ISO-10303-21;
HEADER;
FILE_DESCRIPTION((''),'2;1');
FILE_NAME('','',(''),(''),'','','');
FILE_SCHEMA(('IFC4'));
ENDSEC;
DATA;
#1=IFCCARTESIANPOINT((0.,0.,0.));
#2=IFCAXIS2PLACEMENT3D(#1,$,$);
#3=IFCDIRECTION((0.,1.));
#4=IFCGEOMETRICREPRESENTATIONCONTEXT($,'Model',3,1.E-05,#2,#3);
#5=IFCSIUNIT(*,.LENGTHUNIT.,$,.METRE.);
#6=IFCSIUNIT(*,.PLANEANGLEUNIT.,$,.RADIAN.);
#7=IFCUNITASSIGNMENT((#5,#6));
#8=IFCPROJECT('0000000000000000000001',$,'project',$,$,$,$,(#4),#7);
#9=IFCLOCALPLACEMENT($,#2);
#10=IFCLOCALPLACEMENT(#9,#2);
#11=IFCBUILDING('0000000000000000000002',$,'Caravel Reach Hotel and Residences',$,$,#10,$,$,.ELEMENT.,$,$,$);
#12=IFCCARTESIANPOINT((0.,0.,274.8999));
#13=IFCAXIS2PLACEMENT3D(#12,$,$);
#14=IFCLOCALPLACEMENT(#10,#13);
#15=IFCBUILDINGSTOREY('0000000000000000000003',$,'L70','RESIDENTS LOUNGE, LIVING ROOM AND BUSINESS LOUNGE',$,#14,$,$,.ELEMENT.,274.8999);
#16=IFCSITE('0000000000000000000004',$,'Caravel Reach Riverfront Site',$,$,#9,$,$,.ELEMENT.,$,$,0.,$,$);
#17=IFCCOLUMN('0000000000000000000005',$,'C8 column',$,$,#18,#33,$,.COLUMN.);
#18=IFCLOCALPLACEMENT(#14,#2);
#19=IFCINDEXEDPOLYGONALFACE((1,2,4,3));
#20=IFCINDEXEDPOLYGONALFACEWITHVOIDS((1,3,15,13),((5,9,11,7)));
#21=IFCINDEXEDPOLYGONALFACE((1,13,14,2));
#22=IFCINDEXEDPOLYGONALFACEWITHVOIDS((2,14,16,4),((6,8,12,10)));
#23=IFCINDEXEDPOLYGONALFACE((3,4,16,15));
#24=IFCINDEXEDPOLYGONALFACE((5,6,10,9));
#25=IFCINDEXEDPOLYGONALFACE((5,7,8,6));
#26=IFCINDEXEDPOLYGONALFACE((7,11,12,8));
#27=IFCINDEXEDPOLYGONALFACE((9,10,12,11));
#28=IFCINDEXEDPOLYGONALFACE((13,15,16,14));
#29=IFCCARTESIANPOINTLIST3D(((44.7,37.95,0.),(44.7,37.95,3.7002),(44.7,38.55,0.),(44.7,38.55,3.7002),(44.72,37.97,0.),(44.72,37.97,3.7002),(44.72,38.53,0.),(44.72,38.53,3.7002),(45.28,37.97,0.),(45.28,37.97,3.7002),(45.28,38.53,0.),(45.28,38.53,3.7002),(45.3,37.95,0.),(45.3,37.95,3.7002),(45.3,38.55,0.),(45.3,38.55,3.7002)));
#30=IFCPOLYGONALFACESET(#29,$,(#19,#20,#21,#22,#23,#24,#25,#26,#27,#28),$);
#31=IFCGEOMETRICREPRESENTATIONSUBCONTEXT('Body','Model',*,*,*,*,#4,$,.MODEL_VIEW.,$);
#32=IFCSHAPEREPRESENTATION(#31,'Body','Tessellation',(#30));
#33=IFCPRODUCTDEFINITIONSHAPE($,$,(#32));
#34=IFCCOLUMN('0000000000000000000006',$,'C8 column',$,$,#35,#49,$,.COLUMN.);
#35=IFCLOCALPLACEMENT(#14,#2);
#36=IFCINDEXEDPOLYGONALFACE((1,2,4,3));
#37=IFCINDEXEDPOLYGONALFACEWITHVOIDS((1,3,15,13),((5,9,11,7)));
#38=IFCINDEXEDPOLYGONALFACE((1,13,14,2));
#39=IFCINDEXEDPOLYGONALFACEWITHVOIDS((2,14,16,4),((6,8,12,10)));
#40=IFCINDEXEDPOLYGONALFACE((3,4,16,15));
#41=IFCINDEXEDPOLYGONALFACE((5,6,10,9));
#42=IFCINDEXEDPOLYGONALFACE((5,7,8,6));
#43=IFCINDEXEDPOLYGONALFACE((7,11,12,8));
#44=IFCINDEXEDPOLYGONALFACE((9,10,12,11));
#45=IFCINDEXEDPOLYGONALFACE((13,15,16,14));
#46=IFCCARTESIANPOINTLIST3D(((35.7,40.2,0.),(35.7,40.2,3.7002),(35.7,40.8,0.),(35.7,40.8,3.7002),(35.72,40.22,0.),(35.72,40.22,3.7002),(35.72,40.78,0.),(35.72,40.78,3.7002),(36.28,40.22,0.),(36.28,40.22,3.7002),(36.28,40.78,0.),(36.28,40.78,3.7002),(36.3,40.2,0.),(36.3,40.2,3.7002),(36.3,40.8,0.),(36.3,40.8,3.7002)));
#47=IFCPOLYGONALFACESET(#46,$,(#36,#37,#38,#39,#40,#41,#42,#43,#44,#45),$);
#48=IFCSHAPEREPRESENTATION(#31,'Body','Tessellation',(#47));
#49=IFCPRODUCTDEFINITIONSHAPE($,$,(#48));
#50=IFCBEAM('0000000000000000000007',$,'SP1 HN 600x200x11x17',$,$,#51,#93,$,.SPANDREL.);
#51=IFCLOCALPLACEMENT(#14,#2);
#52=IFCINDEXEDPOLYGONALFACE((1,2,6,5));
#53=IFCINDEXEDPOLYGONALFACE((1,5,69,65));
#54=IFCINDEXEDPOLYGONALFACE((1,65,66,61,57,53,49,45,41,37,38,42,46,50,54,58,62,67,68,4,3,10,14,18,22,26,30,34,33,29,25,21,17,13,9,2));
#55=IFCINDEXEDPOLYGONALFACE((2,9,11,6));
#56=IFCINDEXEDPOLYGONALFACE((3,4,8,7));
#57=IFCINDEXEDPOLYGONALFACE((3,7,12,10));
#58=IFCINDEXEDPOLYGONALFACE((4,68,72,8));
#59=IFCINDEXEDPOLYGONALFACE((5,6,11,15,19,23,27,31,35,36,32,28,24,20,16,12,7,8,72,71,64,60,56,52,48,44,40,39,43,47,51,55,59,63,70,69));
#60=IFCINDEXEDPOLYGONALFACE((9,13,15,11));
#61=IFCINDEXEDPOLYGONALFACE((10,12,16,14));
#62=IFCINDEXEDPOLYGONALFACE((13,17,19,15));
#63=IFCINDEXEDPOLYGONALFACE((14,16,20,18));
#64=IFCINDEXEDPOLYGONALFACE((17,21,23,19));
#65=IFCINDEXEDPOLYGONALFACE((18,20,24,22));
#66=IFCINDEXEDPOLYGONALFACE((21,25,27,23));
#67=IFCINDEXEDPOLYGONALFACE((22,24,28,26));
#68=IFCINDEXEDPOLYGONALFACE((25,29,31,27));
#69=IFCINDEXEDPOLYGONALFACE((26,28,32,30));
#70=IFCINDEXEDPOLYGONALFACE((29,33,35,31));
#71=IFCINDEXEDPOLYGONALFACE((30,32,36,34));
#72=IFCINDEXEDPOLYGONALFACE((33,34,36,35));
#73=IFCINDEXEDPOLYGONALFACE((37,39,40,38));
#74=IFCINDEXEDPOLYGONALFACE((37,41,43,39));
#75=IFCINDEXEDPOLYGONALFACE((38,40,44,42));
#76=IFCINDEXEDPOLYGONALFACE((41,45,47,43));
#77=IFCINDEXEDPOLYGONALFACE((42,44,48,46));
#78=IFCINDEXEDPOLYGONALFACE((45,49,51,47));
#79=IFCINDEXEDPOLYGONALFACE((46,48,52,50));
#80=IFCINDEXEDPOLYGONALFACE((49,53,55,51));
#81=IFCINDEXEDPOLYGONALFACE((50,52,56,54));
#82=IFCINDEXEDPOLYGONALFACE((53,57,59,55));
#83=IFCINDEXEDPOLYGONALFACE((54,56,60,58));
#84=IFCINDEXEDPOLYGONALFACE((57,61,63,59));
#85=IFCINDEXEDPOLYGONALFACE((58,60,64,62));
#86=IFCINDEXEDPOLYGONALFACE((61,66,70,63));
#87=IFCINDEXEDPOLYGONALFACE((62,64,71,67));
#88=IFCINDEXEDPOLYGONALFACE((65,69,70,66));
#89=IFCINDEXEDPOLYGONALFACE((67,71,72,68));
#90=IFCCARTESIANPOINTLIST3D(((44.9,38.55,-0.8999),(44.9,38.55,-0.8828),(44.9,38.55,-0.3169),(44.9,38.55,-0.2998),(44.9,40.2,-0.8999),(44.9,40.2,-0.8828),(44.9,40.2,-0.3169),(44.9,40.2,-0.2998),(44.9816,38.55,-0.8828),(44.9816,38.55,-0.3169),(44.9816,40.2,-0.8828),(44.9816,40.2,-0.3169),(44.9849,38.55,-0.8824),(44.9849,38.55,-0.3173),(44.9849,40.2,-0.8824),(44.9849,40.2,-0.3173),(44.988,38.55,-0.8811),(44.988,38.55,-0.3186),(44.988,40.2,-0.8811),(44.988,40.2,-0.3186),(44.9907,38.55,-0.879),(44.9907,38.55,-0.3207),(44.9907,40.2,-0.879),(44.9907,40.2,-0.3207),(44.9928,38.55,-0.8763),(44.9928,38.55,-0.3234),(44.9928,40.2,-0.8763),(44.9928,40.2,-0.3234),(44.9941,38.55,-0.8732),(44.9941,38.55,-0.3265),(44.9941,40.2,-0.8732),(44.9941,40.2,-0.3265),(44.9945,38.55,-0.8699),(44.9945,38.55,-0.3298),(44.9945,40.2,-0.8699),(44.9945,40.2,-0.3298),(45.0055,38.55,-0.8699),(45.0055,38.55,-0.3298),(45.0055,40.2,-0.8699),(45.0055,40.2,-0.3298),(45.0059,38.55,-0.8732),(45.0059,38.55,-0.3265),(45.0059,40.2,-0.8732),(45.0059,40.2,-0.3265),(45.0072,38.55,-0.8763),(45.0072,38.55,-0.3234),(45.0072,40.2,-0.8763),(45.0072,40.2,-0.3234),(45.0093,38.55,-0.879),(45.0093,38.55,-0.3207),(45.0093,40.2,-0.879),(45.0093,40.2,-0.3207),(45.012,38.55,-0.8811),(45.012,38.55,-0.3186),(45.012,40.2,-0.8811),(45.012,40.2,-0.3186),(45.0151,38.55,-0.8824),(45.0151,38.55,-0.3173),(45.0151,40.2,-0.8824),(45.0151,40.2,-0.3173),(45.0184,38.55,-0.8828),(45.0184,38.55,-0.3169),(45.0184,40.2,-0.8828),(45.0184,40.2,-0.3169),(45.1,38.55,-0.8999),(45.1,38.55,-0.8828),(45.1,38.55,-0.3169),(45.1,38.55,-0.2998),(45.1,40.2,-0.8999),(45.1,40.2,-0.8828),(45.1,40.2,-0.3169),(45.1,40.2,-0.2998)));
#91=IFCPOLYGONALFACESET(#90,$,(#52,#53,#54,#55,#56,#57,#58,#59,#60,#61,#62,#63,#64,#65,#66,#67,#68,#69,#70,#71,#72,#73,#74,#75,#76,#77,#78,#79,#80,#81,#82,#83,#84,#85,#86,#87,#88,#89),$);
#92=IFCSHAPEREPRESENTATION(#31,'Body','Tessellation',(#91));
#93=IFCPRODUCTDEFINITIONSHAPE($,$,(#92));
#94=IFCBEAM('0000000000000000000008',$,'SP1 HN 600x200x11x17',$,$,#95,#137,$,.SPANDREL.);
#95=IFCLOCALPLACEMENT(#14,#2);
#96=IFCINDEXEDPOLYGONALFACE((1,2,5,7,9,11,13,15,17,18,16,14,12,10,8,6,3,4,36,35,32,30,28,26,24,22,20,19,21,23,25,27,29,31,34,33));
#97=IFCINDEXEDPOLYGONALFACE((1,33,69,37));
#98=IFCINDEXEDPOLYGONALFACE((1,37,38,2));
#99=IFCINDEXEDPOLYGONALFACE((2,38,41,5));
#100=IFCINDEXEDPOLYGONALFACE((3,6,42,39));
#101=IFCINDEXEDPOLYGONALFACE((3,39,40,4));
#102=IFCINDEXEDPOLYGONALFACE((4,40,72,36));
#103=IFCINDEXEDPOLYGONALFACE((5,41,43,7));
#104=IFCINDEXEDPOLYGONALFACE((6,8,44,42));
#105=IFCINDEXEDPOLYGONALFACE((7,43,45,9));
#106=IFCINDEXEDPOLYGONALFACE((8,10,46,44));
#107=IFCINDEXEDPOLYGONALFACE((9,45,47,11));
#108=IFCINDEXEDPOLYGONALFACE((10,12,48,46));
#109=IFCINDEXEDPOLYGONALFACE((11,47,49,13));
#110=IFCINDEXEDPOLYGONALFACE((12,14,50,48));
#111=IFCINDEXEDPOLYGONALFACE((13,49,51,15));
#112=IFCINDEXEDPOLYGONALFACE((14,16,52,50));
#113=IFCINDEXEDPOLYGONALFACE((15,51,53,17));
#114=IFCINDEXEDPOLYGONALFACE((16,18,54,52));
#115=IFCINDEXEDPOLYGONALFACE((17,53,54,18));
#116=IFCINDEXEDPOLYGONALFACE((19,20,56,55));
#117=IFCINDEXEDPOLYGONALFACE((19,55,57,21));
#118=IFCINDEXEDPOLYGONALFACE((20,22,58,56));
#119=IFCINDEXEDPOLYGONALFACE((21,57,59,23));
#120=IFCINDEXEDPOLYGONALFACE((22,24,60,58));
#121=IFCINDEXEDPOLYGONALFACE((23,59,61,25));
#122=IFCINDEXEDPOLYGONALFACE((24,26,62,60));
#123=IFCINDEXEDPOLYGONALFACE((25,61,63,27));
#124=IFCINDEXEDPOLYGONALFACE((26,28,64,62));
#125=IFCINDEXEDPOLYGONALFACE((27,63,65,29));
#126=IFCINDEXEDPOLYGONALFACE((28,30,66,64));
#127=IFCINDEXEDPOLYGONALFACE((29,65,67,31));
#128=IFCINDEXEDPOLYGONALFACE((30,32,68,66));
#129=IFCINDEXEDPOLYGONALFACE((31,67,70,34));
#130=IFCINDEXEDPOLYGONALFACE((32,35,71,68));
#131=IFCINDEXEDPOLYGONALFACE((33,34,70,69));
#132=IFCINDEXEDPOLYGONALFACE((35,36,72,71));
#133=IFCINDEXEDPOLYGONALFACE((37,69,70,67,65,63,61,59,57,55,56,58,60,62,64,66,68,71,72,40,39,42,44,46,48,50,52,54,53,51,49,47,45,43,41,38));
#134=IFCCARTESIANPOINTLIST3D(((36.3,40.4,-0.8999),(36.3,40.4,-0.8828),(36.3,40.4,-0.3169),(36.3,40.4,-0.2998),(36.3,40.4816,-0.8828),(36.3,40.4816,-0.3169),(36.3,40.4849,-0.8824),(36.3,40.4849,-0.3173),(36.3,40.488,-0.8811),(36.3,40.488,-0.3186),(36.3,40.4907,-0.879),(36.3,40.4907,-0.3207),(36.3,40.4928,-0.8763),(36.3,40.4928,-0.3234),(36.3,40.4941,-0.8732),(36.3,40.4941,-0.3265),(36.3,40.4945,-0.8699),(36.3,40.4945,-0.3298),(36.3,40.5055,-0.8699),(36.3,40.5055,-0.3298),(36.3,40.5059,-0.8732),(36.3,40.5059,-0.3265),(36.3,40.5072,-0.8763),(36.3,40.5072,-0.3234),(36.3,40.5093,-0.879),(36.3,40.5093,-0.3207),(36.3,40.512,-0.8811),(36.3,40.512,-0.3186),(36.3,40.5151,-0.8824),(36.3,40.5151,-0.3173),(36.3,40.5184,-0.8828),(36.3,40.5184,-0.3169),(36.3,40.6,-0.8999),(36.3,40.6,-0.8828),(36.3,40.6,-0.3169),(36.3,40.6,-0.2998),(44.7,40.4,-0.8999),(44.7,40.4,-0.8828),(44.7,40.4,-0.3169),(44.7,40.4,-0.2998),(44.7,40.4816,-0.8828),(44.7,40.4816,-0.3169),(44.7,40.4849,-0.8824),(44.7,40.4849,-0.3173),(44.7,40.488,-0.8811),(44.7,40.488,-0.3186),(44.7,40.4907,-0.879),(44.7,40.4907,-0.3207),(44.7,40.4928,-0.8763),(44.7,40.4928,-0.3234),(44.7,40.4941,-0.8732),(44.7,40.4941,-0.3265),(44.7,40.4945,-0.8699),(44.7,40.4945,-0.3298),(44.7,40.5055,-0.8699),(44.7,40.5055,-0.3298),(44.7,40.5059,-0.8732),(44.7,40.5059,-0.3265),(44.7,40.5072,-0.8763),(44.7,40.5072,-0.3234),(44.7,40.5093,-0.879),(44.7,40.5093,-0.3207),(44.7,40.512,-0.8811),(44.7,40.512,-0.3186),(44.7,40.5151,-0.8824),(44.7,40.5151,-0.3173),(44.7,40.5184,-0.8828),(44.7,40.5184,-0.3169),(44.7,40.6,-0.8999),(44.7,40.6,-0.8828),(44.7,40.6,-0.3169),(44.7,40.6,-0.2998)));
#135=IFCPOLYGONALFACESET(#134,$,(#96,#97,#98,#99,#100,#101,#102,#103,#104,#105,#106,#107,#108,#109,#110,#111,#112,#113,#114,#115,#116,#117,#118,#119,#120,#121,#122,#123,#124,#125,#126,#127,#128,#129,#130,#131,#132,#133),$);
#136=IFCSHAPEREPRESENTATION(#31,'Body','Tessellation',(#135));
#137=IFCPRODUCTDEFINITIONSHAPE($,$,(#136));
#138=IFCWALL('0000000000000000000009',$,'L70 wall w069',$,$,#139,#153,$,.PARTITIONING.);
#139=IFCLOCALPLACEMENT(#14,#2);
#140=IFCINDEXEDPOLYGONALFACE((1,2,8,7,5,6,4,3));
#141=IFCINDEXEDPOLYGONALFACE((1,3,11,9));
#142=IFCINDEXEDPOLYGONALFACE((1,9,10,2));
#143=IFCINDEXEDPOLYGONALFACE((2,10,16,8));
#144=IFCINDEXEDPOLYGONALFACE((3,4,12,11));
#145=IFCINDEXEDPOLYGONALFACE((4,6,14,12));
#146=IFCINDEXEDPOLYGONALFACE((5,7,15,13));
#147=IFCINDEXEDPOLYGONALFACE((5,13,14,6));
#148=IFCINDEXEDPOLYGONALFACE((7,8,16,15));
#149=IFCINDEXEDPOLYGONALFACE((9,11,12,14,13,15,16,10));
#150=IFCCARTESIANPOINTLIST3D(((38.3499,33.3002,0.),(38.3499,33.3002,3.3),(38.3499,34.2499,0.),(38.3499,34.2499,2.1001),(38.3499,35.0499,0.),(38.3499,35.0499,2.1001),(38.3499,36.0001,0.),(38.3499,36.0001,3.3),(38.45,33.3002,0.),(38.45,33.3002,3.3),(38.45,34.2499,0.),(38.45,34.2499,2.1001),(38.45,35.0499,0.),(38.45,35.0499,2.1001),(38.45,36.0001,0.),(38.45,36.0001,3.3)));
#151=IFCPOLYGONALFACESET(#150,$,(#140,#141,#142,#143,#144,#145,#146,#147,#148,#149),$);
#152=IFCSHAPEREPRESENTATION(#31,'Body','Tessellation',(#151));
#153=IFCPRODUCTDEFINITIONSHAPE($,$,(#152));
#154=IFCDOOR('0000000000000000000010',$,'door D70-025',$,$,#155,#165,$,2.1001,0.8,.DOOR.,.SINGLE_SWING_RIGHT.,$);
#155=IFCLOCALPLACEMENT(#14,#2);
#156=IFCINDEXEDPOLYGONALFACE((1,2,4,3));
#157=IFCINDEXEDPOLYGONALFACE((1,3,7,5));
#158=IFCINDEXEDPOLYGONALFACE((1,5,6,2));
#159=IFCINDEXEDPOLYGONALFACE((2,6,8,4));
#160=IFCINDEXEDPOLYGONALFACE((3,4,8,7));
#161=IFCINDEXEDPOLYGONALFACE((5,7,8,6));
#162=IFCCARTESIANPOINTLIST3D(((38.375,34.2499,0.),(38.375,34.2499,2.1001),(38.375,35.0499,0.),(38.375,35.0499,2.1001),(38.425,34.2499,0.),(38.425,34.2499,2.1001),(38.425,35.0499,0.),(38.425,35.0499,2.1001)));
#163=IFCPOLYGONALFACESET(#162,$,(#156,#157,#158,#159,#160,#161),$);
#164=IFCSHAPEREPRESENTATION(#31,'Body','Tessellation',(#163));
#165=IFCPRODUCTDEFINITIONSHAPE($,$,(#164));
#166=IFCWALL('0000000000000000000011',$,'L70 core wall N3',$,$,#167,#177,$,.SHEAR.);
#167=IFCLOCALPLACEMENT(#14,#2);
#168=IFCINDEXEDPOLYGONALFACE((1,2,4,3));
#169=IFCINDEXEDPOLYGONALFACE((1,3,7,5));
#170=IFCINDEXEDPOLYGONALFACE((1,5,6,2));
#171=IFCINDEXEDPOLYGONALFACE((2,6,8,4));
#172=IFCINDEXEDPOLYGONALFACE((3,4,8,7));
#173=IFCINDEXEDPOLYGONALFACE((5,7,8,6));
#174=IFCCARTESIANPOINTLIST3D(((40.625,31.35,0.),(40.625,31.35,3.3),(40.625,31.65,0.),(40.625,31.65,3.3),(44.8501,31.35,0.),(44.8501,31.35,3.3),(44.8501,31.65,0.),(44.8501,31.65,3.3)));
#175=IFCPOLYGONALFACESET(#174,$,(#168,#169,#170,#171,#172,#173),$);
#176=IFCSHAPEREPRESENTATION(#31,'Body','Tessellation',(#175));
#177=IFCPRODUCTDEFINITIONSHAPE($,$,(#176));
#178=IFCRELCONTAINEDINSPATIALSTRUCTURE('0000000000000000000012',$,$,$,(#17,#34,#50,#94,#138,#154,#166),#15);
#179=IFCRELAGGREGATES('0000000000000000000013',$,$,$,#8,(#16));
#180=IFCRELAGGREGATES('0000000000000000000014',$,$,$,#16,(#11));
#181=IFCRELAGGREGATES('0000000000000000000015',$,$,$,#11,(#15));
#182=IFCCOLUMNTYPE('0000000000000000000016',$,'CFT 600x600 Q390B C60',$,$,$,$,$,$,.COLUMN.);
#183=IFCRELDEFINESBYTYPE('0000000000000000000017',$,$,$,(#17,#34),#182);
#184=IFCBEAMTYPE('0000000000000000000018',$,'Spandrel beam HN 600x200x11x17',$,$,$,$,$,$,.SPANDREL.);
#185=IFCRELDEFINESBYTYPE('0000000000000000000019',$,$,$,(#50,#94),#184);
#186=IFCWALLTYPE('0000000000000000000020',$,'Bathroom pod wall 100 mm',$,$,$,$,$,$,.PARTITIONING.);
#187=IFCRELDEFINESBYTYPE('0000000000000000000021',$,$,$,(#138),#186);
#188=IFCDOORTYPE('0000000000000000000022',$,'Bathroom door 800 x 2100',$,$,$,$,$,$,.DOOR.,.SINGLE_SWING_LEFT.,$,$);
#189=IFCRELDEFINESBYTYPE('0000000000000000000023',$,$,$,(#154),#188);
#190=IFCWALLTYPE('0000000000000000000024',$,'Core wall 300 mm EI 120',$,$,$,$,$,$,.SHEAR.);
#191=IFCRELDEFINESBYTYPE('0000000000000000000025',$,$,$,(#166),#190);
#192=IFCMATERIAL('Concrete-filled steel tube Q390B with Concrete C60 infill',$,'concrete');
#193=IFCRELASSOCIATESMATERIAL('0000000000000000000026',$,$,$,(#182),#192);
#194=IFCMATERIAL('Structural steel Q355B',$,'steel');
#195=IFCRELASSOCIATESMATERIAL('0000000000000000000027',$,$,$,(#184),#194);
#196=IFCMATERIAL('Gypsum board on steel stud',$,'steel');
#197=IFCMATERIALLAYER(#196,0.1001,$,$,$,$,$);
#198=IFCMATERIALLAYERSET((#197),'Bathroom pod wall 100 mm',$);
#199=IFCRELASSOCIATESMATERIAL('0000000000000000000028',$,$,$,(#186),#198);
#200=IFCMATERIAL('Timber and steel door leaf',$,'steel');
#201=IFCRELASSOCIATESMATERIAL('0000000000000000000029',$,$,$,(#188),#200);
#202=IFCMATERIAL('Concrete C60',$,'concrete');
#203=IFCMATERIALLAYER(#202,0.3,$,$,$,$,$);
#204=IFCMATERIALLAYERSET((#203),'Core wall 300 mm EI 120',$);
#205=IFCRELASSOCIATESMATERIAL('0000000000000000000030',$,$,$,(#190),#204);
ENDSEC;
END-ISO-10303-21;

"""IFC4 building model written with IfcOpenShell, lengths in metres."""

from ifc_helpers import new_model, si_unit, direction, frame, frame_2d, origin, origin_2d, place, context, subcontext, project, spatial, rectangle, hollow_rectangle, i_section, extrude, material, layer, layer_set, material_profile, profile_set, type_object, element, fill, save


model = new_model("IFC4")

# Units and contexts
model_context = context("Model", 3, precision=1e-05, world=origin(), true_north=direction((0.0, 1.0)))
body_context = subcontext(model_context, "Body", "Model", "MODEL_VIEW")
ifc_project = project(units=[si_unit("LENGTHUNIT", "METRE"), si_unit("PLANEANGLEUNIT", "RADIAN")], contexts=[model_context])

# Site, building, storey
site_placement = place(None, origin())
site = spatial("IfcSite", under=ifc_project, at=site_placement, Name="Caravel Reach Riverfront Site", CompositionType="ELEMENT", RefElevation=0.0)
building_placement = place(site_placement, origin())
building = spatial("IfcBuilding", under=site, at=building_placement, Name="Caravel Reach Hotel and Residences", CompositionType="ELEMENT")
storey_placement = place(building_placement, frame((0.0, 0.0, 274.8999)))
storey = spatial("IfcBuildingStorey", under=building, at=storey_placement, Name="L70", Description="RESIDENTS LOUNGE, LIVING ROOM AND BUSINESS LOUNGE", CompositionType="ELEMENT", Elevation=274.8999)

# Columns
ifc_material_1 = material(Name="Concrete-filled steel tube Q390B with Concrete C60 infill", Category="concrete")
ifc_material_profile_1 = material_profile(ifc_material_1, hollow_rectangle(XDim=0.6001, YDim=0.6001, WallThickness=0.02, at=origin_2d()), Name="RHS 600x600x20")
ifc_profile_set_1 = profile_set([ifc_material_profile_1], Name="Concrete-filled steel tube Q390B with Concrete C60 infill")
column_type = type_object("IfcColumnType", Name="CFT 600x600 Q390B C60", PredefinedType="COLUMN", material=ifc_profile_set_1)
for number, where, z_axis, x_axis, name in (
    (1, (45.0, 38.25, 0.0), (0.0, 0.0, 1.0), (1.0, 0.0, 0.0), "C8 column"),
    (2, (36.0, 40.5, 0.0), (0.0, 0.0, 1.0), (1.0, 0.0, 0.0), "C8 column"),
):
    element("IfcColumn", number, at=place(storey_placement, frame(where, z_axis=z_axis, x_axis=x_axis)), inside=storey, type_object=column_type, Name=name, PredefinedType="COLUMN", context=body_context, shape_type="SweptSolid", body=[
        extrude(hollow_rectangle(XDim=0.6001, YDim=0.6001, WallThickness=0.02, at=origin_2d()), origin(), (0.0, 0.0, 1.0), 3.7002),
    ])

# Beams
ifc_material_2 = material(Name="Structural steel Q355B", Category="steel")
ifc_material_profile_2 = material_profile(ifc_material_2, i_section(OverallWidth=0.2, OverallDepth=0.6001, WebThickness=0.011, FlangeThickness=0.0171, FilletRadius=0.0129, at=origin_2d()), Name="HN 600x200x11x17")
ifc_profile_set_2 = profile_set([ifc_material_profile_2], Name="Structural steel Q355B")
beam_type = type_object("IfcBeamType", Name="Spandrel beam HN 600x200x11x17", PredefinedType="SPANDREL", material=ifc_profile_set_2)
beam_1_placement = place(storey_placement, frame((45.0, 38.55, -0.5999), z_axis=(0.0, 1.0, 0.0), x_axis=(-1.0, 0.0, 0.0)))
element("IfcBeam", 3, at=beam_1_placement, inside=storey, type_object=beam_type, Name="SP1 HN 600x200x11x17", PredefinedType="SPANDREL", context=body_context, shape_type="SweptSolid", body=[
    extrude(i_section(OverallWidth=0.2, OverallDepth=0.6001, WebThickness=0.011, FlangeThickness=0.0171, FilletRadius=0.0129, at=origin_2d()), origin(), (0.0, 0.0, 1.0), 1.6499),
])
beam_2_placement = place(storey_placement, frame((44.7, 40.5, -0.5999), z_axis=(-1.0, 0.0, 0.0), x_axis=(0.0, -1.0, 0.0)))
element("IfcBeam", 4, at=beam_2_placement, inside=storey, type_object=beam_type, Name="SP1 HN 600x200x11x17", PredefinedType="SPANDREL", context=body_context, shape_type="SweptSolid", body=[
    extrude(i_section(OverallWidth=0.2, OverallDepth=0.6001, WebThickness=0.011, FlangeThickness=0.0171, FilletRadius=0.0129, at=origin_2d()), origin(), (0.0, 0.0, 1.0), 8.3999),
])

# Wall, opening, door
ifc_material_3 = material(Name="Gypsum board on steel stud", Category="steel")
ifc_layer_1 = layer(ifc_material_3, 0.1001)
ifc_layer_set_1 = layer_set([ifc_layer_1], Name="Bathroom pod wall 100 mm")
wall_type_1 = type_object("IfcWallType", Name="Bathroom pod wall 100 mm", PredefinedType="PARTITIONING", material=ifc_layer_set_1)
wall_1_placement = place(storey_placement, frame((38.3999, 33.3, 0.0), z_axis=(0.0, 0.0, 1.0), x_axis=(0.0, 1.0, 0.0)))
wall_1 = element("IfcWall", 5, at=wall_1_placement, inside=storey, type_object=wall_type_1, Name="L70 wall w069", PredefinedType="PARTITIONING", context=body_context, shape_type="SweptSolid", body=[
    extrude(rectangle(XDim=2.7, YDim=0.1001, at=frame_2d((1.3501, 0.0))), origin(), (0.0, 0.0, 1.0), 3.3),
])
opening_1_placement = place(wall_1_placement, frame((0.95, 0.0, 0.0)))
opening_1 = element("IfcOpeningElement", 6, at=opening_1_placement, cuts=wall_1, PredefinedType="OPENING", context=body_context, shape_type="SweptSolid", body=[
    extrude(rectangle(XDim=0.8, YDim=2.1001, at=frame_2d((0.3999, 1.05))), frame((0.0, 0.0601, 0.0), z_axis=(0.0, -1.0, 0.0), x_axis=(1.0, 0.0, 0.0)), (0.0, 0.0, 1.0), 0.1201),
])
ifc_material_4 = material(Name="Timber and steel door leaf", Category="steel")
door_type_1 = type_object("IfcDoorType", Name="Bathroom door 800 x 2100", OperationType="SINGLE_SWING_LEFT", PredefinedType="DOOR", material=ifc_material_4)
door_1_placement = place(opening_1_placement, origin())
door_1 = element("IfcDoor", 7, at=door_1_placement, inside=storey, type_object=door_type_1, Name="door D70-025", OperationType="SINGLE_SWING_RIGHT", OverallHeight=2.1001, OverallWidth=0.8, PredefinedType="DOOR", context=body_context, shape_type="SweptSolid", body=[
    extrude(rectangle(XDim=0.8, YDim=2.1001, at=frame_2d((0.3999, 1.05))), frame((0.0, 0.0249, 0.0), z_axis=(0.0, -1.0, 0.0), x_axis=(1.0, 0.0, 0.0)), (0.0, 0.0, 1.0), 0.05),
])
fill(opening_1, door_1)

# Wall
ifc_material_5 = material(Name="Concrete C60", Category="concrete")
ifc_layer_2 = layer(ifc_material_5, 0.3)
ifc_layer_set_2 = layer_set([ifc_layer_2], Name="Core wall 300 mm EI 120")
wall_type_2 = type_object("IfcWallType", Name="Core wall 300 mm EI 120", PredefinedType="SHEAR", material=ifc_layer_set_2)
wall_2_placement = place(storey_placement, frame((40.625, 31.5, 0.0), z_axis=(0.0, 0.0, 1.0), x_axis=(1.0, 0.0, 0.0)))
element("IfcWall", 8, at=wall_2_placement, inside=storey, type_object=wall_type_2, Name="L70 core wall N3", PredefinedType="SHEAR", context=body_context, shape_type="SweptSolid", body=[
    extrude(rectangle(XDim=4.2251, YDim=0.3, at=frame_2d((2.1125, 0.0))), origin(), (0.0, 0.0, 1.0), 3.3),
])

save(model, "model.ifc")
